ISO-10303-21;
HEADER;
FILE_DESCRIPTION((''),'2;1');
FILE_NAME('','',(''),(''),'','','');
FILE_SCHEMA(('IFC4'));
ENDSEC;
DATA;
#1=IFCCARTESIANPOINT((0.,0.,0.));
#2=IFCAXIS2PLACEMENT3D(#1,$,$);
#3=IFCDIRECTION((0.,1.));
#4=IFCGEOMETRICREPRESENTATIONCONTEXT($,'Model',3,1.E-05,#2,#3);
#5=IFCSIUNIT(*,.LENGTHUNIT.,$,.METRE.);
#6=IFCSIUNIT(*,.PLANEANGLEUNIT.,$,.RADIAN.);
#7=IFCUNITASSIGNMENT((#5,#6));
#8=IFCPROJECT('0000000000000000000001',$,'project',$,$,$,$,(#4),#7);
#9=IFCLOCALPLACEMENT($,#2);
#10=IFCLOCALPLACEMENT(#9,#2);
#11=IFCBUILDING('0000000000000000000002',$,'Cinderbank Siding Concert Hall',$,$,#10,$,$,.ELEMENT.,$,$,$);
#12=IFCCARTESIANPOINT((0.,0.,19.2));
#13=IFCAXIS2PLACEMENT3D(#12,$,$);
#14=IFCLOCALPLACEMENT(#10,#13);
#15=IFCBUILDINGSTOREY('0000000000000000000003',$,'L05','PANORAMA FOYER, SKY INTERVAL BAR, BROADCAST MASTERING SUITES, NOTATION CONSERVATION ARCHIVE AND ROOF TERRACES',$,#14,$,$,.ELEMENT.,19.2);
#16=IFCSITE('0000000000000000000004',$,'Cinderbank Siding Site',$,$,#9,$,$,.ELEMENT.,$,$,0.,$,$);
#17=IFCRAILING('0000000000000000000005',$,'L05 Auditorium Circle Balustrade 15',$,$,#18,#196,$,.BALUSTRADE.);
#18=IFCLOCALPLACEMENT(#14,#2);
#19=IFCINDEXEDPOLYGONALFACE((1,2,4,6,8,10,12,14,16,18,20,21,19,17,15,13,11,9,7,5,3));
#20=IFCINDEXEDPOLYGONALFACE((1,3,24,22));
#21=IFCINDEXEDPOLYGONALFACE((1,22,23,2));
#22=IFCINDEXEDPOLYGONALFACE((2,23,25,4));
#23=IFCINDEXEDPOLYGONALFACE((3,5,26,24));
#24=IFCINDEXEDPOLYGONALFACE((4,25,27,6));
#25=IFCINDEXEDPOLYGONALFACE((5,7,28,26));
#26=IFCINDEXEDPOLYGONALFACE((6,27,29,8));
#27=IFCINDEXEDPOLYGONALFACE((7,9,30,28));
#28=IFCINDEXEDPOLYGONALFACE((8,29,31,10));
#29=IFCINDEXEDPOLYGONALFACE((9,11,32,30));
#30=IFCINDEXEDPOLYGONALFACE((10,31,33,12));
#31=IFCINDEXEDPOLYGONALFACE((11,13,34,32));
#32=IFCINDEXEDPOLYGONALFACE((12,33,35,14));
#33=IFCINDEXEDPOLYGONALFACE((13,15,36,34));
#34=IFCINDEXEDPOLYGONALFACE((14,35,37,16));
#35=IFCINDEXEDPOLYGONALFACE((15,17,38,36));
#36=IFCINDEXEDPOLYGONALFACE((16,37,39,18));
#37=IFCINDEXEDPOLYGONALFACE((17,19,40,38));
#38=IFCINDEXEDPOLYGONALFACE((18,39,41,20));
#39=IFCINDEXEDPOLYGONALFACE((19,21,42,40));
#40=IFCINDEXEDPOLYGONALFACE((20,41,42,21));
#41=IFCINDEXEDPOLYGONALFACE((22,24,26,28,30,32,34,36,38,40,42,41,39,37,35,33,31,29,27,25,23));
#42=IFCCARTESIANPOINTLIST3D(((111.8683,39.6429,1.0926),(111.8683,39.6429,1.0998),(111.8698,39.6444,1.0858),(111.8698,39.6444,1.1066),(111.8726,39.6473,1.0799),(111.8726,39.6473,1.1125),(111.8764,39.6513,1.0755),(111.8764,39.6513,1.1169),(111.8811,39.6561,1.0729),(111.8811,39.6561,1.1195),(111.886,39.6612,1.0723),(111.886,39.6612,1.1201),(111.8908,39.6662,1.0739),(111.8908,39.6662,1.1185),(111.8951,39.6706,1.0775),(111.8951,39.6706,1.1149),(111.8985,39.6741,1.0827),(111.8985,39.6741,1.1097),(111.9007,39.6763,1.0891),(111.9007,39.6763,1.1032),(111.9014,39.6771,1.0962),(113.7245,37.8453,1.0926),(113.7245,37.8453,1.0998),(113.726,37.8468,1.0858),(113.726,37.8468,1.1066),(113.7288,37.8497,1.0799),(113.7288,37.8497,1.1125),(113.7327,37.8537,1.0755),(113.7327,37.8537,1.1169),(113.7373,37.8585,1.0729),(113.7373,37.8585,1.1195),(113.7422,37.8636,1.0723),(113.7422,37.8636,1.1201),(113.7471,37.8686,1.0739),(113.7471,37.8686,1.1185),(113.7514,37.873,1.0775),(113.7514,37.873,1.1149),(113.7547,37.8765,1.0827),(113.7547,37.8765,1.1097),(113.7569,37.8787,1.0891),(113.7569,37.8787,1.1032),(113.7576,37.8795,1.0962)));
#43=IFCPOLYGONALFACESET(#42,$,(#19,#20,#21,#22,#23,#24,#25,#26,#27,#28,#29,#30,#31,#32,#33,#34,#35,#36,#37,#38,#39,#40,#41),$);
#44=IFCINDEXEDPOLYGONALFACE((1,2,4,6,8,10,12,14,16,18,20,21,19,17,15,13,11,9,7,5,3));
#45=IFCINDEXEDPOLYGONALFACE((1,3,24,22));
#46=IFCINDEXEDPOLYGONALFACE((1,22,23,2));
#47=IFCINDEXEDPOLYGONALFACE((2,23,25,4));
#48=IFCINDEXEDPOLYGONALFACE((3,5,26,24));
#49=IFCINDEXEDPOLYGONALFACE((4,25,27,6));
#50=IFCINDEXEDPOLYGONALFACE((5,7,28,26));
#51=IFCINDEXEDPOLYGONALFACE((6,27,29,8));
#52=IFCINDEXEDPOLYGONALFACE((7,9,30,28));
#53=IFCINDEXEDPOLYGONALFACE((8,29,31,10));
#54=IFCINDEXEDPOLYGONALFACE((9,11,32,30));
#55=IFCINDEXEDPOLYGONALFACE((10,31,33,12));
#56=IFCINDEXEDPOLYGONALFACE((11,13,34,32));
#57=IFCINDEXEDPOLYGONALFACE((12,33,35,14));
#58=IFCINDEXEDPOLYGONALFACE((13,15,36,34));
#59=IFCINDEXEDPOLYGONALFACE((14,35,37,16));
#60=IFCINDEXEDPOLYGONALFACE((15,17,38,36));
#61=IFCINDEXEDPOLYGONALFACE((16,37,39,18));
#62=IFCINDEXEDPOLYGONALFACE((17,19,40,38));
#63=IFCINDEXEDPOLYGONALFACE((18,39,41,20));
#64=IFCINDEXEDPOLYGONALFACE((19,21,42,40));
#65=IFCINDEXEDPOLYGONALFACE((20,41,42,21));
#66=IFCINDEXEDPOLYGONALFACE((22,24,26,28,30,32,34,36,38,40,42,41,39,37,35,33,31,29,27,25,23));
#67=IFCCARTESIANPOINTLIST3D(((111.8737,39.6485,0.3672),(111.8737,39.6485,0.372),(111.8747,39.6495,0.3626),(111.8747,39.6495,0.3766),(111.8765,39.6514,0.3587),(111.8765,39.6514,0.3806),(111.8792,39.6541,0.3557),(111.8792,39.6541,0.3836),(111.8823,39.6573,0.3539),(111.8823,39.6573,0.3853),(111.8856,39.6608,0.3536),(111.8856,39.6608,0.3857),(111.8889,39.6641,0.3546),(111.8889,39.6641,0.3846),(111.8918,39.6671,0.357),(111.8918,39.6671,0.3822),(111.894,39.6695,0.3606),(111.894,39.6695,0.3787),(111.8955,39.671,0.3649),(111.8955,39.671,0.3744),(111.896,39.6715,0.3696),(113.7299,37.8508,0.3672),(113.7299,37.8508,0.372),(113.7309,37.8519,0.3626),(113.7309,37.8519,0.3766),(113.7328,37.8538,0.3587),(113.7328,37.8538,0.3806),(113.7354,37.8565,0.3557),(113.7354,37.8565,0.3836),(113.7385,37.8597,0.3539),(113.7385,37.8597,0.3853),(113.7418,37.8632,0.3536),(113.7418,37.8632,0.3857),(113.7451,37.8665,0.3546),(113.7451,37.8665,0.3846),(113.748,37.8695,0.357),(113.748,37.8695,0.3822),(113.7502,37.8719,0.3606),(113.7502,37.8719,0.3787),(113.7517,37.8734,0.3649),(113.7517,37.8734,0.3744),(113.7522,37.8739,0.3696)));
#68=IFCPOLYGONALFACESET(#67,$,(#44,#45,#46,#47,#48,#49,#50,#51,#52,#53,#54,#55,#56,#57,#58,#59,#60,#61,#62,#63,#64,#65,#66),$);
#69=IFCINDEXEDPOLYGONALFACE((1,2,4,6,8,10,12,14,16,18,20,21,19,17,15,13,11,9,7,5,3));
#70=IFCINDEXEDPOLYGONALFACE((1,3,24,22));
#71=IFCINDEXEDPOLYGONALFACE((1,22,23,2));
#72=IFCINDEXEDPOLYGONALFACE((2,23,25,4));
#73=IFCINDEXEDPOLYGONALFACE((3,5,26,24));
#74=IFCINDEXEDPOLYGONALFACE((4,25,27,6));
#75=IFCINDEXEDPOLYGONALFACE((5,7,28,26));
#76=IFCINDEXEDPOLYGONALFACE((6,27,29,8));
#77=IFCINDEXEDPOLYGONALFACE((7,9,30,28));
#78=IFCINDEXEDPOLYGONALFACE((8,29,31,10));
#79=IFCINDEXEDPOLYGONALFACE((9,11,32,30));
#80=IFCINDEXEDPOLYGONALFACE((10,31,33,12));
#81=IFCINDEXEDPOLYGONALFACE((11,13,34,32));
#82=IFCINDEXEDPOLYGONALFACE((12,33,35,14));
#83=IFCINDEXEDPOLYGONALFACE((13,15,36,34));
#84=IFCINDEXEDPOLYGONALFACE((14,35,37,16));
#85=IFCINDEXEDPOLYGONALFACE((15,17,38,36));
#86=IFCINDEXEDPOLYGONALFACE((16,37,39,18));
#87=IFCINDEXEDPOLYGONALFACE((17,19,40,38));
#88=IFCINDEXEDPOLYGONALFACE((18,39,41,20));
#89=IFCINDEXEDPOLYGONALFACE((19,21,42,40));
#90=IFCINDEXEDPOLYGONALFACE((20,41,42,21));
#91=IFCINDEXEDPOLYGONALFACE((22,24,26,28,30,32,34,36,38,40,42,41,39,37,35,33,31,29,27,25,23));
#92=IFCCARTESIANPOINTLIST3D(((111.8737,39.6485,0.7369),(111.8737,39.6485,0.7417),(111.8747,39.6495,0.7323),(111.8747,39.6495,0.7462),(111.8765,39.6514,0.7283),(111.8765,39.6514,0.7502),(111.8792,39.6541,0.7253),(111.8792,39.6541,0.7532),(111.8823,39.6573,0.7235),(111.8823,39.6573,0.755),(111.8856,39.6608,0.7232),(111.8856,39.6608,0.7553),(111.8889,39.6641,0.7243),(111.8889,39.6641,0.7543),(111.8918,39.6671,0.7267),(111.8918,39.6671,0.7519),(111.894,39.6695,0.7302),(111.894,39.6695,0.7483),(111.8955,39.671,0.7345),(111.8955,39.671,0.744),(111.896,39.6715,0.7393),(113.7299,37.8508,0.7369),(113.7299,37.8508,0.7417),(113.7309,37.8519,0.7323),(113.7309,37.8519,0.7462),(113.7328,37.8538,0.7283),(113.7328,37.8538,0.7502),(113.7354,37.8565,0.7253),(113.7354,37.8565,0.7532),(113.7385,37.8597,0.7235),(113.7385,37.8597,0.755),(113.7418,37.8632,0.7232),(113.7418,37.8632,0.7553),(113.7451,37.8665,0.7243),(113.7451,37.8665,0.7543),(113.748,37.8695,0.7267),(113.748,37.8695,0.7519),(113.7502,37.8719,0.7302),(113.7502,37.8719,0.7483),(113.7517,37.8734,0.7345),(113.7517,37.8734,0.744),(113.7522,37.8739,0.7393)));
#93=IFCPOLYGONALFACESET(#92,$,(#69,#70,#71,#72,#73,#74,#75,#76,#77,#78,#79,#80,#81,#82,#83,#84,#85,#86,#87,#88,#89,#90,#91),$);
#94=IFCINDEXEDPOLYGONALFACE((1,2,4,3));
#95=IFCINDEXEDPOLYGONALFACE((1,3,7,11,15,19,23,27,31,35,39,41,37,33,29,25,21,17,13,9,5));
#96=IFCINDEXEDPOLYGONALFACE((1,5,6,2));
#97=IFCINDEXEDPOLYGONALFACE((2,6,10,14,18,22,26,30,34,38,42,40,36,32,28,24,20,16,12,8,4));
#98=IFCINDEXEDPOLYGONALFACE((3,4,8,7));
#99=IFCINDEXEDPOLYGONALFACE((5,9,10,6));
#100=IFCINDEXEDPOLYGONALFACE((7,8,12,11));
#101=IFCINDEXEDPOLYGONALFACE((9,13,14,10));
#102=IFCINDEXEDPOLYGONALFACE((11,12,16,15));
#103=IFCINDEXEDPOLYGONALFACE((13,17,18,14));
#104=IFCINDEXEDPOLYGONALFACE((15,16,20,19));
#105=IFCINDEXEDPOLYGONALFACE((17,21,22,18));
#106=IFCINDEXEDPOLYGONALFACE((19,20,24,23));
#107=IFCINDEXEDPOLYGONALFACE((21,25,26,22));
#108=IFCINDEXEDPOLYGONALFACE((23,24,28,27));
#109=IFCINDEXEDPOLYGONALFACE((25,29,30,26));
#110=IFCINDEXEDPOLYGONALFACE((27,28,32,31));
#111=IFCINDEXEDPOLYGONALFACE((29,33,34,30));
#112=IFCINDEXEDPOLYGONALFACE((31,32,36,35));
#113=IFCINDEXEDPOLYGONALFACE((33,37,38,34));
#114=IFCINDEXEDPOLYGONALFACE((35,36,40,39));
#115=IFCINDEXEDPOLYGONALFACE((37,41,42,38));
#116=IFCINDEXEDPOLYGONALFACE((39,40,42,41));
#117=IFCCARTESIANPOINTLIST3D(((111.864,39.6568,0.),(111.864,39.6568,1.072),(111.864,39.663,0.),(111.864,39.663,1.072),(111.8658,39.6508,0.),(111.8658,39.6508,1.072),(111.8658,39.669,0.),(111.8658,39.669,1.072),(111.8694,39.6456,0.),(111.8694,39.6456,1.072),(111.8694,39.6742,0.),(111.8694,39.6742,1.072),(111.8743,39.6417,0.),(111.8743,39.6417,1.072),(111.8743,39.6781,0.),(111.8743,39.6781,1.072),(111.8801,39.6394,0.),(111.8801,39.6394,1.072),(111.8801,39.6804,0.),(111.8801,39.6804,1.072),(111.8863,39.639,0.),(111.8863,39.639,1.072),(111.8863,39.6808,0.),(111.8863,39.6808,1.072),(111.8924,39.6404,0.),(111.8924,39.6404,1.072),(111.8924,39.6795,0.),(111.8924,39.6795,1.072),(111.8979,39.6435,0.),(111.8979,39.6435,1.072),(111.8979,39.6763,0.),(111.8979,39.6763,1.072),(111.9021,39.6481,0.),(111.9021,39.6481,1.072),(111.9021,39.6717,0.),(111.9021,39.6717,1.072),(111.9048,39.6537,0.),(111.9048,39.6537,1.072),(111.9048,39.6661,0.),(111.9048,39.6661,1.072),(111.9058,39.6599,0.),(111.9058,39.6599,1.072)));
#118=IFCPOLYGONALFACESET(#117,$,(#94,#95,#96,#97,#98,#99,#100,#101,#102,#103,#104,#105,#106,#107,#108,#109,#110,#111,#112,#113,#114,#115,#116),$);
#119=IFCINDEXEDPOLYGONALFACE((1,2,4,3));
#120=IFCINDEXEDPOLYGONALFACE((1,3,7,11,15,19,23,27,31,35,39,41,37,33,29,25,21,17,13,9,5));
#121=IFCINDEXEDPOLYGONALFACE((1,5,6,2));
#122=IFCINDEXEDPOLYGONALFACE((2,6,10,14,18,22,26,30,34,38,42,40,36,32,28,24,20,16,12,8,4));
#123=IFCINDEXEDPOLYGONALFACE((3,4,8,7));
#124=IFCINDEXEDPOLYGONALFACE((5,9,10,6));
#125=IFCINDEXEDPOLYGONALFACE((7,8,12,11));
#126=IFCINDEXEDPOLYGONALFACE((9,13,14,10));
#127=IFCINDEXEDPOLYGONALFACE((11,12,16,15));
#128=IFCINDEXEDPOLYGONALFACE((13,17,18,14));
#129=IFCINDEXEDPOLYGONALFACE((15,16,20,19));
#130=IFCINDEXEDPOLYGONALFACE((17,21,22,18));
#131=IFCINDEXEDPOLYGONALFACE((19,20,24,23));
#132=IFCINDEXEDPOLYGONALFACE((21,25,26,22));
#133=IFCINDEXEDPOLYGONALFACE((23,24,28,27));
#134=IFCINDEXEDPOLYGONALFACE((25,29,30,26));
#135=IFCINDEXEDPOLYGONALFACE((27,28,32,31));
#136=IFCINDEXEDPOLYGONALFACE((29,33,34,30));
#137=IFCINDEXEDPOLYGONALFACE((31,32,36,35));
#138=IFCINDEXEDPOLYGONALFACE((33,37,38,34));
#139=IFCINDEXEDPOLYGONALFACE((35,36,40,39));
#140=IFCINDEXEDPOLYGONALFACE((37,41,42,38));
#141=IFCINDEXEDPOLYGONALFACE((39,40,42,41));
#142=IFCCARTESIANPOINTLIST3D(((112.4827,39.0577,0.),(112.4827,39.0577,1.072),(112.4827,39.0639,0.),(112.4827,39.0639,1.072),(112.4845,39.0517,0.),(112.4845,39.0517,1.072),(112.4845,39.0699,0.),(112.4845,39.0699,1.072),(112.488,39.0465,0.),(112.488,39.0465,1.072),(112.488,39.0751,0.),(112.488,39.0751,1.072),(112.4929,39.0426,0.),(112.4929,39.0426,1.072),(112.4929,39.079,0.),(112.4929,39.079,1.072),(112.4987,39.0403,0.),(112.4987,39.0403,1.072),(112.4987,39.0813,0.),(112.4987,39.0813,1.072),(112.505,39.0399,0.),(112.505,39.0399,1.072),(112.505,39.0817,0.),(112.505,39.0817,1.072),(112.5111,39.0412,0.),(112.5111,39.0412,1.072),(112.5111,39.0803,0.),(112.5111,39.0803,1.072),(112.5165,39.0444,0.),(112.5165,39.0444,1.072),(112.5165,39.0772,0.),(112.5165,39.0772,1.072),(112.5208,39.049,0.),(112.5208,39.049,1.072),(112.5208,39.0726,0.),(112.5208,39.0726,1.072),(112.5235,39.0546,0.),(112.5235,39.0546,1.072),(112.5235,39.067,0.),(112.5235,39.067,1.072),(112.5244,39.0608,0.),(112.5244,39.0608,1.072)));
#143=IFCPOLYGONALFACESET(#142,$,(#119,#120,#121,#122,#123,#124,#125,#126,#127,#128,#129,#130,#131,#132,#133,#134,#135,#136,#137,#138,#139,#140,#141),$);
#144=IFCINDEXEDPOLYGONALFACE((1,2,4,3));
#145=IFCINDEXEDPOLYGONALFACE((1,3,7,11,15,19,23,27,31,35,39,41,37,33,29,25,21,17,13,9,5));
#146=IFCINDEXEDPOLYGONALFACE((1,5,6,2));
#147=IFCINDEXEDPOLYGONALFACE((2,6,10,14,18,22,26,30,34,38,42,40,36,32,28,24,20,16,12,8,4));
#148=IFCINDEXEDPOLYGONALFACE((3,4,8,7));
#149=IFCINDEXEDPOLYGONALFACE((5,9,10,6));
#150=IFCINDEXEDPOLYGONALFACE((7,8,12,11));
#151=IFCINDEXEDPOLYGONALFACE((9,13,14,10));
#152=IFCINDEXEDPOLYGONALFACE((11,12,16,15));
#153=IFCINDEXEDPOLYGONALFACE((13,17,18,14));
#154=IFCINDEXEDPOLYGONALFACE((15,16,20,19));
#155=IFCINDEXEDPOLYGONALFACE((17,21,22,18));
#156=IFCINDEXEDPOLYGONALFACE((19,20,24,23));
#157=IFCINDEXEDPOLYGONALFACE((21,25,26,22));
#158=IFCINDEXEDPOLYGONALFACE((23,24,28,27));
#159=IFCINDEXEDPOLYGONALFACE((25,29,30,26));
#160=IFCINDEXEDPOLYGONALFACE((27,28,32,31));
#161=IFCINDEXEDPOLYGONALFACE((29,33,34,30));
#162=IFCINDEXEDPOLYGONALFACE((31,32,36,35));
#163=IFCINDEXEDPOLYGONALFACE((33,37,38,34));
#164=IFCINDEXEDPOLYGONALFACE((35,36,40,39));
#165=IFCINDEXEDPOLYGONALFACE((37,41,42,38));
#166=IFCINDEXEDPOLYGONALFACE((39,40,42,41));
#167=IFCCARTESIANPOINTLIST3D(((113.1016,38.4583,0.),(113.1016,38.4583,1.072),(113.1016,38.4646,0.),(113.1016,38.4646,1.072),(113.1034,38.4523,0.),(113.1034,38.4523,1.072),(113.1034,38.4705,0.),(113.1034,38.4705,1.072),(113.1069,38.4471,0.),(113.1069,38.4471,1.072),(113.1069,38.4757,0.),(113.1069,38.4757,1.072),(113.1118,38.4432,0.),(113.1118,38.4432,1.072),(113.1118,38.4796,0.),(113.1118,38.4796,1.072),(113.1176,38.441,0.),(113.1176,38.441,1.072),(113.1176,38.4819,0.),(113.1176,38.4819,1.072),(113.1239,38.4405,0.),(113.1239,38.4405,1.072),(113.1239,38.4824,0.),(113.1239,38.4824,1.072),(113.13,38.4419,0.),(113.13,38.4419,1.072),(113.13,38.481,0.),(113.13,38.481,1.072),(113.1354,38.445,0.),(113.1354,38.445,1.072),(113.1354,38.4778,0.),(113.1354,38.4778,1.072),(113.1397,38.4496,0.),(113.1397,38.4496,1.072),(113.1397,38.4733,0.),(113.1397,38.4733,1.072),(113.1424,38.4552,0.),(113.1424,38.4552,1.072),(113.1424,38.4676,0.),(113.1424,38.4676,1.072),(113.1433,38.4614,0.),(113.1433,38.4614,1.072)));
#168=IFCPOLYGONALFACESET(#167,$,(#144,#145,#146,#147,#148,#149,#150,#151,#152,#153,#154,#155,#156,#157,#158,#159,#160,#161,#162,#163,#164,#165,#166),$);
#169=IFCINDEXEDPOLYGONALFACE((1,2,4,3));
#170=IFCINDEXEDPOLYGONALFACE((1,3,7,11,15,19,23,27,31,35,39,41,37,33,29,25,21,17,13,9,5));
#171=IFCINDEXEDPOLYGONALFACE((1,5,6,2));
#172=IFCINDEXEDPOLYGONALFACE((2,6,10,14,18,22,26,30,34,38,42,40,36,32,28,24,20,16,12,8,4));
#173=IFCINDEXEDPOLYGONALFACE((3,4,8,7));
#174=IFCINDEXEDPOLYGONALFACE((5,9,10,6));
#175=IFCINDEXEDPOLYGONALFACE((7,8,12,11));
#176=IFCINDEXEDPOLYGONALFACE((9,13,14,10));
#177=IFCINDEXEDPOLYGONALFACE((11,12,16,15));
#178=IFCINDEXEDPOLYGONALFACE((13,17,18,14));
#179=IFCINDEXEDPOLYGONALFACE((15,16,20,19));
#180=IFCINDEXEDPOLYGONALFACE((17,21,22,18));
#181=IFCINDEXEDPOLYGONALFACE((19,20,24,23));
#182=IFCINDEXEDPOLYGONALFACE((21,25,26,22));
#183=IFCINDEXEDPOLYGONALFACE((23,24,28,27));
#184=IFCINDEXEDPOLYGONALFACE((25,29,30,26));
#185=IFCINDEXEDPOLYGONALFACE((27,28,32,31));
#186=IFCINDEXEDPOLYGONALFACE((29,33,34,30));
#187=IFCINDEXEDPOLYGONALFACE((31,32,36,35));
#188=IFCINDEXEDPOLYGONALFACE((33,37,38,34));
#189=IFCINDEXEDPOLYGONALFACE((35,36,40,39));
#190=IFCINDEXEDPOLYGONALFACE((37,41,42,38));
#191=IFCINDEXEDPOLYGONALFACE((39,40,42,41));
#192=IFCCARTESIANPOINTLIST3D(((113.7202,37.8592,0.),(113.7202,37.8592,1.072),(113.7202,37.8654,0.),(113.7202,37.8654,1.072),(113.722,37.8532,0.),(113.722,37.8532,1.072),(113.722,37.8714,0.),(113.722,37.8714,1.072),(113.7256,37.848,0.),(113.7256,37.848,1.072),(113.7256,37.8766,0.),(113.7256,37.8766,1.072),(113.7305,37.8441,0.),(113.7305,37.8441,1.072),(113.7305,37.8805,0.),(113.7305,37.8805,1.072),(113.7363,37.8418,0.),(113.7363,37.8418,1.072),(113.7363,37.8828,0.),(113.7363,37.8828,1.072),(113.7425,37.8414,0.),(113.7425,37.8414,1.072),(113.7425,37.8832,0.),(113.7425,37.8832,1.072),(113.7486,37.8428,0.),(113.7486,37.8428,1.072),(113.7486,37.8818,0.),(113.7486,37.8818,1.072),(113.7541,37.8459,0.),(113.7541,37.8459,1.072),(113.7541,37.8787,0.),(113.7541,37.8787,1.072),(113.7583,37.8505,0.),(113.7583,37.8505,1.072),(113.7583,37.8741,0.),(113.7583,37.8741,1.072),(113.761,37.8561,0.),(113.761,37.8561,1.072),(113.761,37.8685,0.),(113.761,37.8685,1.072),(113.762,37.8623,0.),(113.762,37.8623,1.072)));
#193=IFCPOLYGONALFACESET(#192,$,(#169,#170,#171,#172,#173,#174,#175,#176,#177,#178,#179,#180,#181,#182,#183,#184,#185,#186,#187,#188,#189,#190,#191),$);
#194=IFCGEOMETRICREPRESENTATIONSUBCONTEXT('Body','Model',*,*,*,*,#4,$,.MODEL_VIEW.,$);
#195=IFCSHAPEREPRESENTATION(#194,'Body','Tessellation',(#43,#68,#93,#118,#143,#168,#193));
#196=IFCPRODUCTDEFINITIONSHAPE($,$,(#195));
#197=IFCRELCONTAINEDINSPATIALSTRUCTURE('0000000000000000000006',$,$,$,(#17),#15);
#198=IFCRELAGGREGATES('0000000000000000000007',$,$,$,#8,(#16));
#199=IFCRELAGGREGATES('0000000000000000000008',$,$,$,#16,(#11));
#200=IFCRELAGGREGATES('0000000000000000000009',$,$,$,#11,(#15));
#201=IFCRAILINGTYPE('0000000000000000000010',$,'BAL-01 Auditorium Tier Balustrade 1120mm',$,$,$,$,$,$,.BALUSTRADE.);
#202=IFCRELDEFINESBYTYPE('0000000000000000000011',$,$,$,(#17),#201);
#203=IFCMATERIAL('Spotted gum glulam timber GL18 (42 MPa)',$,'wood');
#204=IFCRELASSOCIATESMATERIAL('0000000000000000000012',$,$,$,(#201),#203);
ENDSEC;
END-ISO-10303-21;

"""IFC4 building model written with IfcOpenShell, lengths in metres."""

from ifc_helpers import new_model, si_unit, direction, frame, origin, origin_2d, place, context, subcontext, project, spatial, circle, extrude, material, type_object, element, save


model = new_model("IFC4")

# Units and contexts
model_context = context("Model", 3, precision=1e-05, world=origin(), true_north=direction((0.0, 1.0)))
body_context = subcontext(model_context, "Body", "Model", "MODEL_VIEW")
ifc_project = project(units=[si_unit("LENGTHUNIT", "METRE"), si_unit("PLANEANGLEUNIT", "RADIAN")], contexts=[model_context])

# Site, building, storey
site_placement = place(None, origin())
site = spatial("IfcSite", under=ifc_project, at=site_placement, Name="Cinderbank Siding Site", CompositionType="ELEMENT", RefElevation=0.0)
building_placement = place(site_placement, origin())
building = spatial("IfcBuilding", under=site, at=building_placement, Name="Cinderbank Siding Concert Hall", CompositionType="ELEMENT")
storey_placement = place(building_placement, frame((0.0, 0.0, 19.2)))
storey = spatial("IfcBuildingStorey", under=building, at=storey_placement, Name="L05", Description="PANORAMA FOYER, SKY INTERVAL BAR, BROADCAST MASTERING SUITES, NOTATION CONSERVATION ARCHIVE AND ROOF TERRACES", CompositionType="ELEMENT", Elevation=19.2)

# Railing
ifc_material_1 = material(Name="Spotted gum glulam timber GL18 (42 MPa)", Category="wood")
railing_type = type_object("IfcRailingType", Name="BAL-01 Auditorium Tier Balustrade 1120mm", PredefinedType="BALUSTRADE", material=ifc_material_1)
railing_1_placement = place(storey_placement, frame((111.8848, 39.6599, 0.0)))
element("IfcRailing", 1, at=railing_1_placement, inside=storey, type_object=railing_type, Name="L05 Auditorium Circle Balustrade 15", PredefinedType="BALUSTRADE", context=body_context, shape_type="SweptSolid", body=[
    extrude(circle(Radius=0.0239, at=origin_2d()), frame((0.0, 0.0, 1.0962), z_axis=(0.718354, -0.695678, 0.0), x_axis=(0.695678, 0.718354, 0.0)), (0.0, 0.0, 1.0), 2.584),
    extrude(circle(Radius=0.0161, at=origin_2d()), frame((0.0, 0.0, 0.3696), z_axis=(0.718354, -0.695678, 0.0), x_axis=(0.695678, 0.718354, 0.0)), (0.0, 0.0, 1.0), 2.584),
    extrude(circle(Radius=0.0161, at=origin_2d()), frame((0.0, 0.0, 0.7393), z_axis=(0.718354, -0.695678, 0.0), x_axis=(0.695678, 0.718354, 0.0)), (0.0, 0.0, 1.0), 2.584),
    extrude(circle(Radius=0.021, at=origin_2d()), origin(), (0.0, 0.0, 1.0), 1.072),
    extrude(circle(Radius=0.021, at=origin_2d()), frame((0.6187, -0.5991, 0.0)), (0.0, 0.0, 1.0), 1.072),
    extrude(circle(Radius=0.021, at=origin_2d()), frame((1.2375, -1.1985, 0.0)), (0.0, 0.0, 1.0), 1.072),
    extrude(circle(Radius=0.021, at=origin_2d()), frame((1.8562, -1.7976, 0.0)), (0.0, 0.0, 1.0), 1.072),
])

save(model, "model.ifc")
